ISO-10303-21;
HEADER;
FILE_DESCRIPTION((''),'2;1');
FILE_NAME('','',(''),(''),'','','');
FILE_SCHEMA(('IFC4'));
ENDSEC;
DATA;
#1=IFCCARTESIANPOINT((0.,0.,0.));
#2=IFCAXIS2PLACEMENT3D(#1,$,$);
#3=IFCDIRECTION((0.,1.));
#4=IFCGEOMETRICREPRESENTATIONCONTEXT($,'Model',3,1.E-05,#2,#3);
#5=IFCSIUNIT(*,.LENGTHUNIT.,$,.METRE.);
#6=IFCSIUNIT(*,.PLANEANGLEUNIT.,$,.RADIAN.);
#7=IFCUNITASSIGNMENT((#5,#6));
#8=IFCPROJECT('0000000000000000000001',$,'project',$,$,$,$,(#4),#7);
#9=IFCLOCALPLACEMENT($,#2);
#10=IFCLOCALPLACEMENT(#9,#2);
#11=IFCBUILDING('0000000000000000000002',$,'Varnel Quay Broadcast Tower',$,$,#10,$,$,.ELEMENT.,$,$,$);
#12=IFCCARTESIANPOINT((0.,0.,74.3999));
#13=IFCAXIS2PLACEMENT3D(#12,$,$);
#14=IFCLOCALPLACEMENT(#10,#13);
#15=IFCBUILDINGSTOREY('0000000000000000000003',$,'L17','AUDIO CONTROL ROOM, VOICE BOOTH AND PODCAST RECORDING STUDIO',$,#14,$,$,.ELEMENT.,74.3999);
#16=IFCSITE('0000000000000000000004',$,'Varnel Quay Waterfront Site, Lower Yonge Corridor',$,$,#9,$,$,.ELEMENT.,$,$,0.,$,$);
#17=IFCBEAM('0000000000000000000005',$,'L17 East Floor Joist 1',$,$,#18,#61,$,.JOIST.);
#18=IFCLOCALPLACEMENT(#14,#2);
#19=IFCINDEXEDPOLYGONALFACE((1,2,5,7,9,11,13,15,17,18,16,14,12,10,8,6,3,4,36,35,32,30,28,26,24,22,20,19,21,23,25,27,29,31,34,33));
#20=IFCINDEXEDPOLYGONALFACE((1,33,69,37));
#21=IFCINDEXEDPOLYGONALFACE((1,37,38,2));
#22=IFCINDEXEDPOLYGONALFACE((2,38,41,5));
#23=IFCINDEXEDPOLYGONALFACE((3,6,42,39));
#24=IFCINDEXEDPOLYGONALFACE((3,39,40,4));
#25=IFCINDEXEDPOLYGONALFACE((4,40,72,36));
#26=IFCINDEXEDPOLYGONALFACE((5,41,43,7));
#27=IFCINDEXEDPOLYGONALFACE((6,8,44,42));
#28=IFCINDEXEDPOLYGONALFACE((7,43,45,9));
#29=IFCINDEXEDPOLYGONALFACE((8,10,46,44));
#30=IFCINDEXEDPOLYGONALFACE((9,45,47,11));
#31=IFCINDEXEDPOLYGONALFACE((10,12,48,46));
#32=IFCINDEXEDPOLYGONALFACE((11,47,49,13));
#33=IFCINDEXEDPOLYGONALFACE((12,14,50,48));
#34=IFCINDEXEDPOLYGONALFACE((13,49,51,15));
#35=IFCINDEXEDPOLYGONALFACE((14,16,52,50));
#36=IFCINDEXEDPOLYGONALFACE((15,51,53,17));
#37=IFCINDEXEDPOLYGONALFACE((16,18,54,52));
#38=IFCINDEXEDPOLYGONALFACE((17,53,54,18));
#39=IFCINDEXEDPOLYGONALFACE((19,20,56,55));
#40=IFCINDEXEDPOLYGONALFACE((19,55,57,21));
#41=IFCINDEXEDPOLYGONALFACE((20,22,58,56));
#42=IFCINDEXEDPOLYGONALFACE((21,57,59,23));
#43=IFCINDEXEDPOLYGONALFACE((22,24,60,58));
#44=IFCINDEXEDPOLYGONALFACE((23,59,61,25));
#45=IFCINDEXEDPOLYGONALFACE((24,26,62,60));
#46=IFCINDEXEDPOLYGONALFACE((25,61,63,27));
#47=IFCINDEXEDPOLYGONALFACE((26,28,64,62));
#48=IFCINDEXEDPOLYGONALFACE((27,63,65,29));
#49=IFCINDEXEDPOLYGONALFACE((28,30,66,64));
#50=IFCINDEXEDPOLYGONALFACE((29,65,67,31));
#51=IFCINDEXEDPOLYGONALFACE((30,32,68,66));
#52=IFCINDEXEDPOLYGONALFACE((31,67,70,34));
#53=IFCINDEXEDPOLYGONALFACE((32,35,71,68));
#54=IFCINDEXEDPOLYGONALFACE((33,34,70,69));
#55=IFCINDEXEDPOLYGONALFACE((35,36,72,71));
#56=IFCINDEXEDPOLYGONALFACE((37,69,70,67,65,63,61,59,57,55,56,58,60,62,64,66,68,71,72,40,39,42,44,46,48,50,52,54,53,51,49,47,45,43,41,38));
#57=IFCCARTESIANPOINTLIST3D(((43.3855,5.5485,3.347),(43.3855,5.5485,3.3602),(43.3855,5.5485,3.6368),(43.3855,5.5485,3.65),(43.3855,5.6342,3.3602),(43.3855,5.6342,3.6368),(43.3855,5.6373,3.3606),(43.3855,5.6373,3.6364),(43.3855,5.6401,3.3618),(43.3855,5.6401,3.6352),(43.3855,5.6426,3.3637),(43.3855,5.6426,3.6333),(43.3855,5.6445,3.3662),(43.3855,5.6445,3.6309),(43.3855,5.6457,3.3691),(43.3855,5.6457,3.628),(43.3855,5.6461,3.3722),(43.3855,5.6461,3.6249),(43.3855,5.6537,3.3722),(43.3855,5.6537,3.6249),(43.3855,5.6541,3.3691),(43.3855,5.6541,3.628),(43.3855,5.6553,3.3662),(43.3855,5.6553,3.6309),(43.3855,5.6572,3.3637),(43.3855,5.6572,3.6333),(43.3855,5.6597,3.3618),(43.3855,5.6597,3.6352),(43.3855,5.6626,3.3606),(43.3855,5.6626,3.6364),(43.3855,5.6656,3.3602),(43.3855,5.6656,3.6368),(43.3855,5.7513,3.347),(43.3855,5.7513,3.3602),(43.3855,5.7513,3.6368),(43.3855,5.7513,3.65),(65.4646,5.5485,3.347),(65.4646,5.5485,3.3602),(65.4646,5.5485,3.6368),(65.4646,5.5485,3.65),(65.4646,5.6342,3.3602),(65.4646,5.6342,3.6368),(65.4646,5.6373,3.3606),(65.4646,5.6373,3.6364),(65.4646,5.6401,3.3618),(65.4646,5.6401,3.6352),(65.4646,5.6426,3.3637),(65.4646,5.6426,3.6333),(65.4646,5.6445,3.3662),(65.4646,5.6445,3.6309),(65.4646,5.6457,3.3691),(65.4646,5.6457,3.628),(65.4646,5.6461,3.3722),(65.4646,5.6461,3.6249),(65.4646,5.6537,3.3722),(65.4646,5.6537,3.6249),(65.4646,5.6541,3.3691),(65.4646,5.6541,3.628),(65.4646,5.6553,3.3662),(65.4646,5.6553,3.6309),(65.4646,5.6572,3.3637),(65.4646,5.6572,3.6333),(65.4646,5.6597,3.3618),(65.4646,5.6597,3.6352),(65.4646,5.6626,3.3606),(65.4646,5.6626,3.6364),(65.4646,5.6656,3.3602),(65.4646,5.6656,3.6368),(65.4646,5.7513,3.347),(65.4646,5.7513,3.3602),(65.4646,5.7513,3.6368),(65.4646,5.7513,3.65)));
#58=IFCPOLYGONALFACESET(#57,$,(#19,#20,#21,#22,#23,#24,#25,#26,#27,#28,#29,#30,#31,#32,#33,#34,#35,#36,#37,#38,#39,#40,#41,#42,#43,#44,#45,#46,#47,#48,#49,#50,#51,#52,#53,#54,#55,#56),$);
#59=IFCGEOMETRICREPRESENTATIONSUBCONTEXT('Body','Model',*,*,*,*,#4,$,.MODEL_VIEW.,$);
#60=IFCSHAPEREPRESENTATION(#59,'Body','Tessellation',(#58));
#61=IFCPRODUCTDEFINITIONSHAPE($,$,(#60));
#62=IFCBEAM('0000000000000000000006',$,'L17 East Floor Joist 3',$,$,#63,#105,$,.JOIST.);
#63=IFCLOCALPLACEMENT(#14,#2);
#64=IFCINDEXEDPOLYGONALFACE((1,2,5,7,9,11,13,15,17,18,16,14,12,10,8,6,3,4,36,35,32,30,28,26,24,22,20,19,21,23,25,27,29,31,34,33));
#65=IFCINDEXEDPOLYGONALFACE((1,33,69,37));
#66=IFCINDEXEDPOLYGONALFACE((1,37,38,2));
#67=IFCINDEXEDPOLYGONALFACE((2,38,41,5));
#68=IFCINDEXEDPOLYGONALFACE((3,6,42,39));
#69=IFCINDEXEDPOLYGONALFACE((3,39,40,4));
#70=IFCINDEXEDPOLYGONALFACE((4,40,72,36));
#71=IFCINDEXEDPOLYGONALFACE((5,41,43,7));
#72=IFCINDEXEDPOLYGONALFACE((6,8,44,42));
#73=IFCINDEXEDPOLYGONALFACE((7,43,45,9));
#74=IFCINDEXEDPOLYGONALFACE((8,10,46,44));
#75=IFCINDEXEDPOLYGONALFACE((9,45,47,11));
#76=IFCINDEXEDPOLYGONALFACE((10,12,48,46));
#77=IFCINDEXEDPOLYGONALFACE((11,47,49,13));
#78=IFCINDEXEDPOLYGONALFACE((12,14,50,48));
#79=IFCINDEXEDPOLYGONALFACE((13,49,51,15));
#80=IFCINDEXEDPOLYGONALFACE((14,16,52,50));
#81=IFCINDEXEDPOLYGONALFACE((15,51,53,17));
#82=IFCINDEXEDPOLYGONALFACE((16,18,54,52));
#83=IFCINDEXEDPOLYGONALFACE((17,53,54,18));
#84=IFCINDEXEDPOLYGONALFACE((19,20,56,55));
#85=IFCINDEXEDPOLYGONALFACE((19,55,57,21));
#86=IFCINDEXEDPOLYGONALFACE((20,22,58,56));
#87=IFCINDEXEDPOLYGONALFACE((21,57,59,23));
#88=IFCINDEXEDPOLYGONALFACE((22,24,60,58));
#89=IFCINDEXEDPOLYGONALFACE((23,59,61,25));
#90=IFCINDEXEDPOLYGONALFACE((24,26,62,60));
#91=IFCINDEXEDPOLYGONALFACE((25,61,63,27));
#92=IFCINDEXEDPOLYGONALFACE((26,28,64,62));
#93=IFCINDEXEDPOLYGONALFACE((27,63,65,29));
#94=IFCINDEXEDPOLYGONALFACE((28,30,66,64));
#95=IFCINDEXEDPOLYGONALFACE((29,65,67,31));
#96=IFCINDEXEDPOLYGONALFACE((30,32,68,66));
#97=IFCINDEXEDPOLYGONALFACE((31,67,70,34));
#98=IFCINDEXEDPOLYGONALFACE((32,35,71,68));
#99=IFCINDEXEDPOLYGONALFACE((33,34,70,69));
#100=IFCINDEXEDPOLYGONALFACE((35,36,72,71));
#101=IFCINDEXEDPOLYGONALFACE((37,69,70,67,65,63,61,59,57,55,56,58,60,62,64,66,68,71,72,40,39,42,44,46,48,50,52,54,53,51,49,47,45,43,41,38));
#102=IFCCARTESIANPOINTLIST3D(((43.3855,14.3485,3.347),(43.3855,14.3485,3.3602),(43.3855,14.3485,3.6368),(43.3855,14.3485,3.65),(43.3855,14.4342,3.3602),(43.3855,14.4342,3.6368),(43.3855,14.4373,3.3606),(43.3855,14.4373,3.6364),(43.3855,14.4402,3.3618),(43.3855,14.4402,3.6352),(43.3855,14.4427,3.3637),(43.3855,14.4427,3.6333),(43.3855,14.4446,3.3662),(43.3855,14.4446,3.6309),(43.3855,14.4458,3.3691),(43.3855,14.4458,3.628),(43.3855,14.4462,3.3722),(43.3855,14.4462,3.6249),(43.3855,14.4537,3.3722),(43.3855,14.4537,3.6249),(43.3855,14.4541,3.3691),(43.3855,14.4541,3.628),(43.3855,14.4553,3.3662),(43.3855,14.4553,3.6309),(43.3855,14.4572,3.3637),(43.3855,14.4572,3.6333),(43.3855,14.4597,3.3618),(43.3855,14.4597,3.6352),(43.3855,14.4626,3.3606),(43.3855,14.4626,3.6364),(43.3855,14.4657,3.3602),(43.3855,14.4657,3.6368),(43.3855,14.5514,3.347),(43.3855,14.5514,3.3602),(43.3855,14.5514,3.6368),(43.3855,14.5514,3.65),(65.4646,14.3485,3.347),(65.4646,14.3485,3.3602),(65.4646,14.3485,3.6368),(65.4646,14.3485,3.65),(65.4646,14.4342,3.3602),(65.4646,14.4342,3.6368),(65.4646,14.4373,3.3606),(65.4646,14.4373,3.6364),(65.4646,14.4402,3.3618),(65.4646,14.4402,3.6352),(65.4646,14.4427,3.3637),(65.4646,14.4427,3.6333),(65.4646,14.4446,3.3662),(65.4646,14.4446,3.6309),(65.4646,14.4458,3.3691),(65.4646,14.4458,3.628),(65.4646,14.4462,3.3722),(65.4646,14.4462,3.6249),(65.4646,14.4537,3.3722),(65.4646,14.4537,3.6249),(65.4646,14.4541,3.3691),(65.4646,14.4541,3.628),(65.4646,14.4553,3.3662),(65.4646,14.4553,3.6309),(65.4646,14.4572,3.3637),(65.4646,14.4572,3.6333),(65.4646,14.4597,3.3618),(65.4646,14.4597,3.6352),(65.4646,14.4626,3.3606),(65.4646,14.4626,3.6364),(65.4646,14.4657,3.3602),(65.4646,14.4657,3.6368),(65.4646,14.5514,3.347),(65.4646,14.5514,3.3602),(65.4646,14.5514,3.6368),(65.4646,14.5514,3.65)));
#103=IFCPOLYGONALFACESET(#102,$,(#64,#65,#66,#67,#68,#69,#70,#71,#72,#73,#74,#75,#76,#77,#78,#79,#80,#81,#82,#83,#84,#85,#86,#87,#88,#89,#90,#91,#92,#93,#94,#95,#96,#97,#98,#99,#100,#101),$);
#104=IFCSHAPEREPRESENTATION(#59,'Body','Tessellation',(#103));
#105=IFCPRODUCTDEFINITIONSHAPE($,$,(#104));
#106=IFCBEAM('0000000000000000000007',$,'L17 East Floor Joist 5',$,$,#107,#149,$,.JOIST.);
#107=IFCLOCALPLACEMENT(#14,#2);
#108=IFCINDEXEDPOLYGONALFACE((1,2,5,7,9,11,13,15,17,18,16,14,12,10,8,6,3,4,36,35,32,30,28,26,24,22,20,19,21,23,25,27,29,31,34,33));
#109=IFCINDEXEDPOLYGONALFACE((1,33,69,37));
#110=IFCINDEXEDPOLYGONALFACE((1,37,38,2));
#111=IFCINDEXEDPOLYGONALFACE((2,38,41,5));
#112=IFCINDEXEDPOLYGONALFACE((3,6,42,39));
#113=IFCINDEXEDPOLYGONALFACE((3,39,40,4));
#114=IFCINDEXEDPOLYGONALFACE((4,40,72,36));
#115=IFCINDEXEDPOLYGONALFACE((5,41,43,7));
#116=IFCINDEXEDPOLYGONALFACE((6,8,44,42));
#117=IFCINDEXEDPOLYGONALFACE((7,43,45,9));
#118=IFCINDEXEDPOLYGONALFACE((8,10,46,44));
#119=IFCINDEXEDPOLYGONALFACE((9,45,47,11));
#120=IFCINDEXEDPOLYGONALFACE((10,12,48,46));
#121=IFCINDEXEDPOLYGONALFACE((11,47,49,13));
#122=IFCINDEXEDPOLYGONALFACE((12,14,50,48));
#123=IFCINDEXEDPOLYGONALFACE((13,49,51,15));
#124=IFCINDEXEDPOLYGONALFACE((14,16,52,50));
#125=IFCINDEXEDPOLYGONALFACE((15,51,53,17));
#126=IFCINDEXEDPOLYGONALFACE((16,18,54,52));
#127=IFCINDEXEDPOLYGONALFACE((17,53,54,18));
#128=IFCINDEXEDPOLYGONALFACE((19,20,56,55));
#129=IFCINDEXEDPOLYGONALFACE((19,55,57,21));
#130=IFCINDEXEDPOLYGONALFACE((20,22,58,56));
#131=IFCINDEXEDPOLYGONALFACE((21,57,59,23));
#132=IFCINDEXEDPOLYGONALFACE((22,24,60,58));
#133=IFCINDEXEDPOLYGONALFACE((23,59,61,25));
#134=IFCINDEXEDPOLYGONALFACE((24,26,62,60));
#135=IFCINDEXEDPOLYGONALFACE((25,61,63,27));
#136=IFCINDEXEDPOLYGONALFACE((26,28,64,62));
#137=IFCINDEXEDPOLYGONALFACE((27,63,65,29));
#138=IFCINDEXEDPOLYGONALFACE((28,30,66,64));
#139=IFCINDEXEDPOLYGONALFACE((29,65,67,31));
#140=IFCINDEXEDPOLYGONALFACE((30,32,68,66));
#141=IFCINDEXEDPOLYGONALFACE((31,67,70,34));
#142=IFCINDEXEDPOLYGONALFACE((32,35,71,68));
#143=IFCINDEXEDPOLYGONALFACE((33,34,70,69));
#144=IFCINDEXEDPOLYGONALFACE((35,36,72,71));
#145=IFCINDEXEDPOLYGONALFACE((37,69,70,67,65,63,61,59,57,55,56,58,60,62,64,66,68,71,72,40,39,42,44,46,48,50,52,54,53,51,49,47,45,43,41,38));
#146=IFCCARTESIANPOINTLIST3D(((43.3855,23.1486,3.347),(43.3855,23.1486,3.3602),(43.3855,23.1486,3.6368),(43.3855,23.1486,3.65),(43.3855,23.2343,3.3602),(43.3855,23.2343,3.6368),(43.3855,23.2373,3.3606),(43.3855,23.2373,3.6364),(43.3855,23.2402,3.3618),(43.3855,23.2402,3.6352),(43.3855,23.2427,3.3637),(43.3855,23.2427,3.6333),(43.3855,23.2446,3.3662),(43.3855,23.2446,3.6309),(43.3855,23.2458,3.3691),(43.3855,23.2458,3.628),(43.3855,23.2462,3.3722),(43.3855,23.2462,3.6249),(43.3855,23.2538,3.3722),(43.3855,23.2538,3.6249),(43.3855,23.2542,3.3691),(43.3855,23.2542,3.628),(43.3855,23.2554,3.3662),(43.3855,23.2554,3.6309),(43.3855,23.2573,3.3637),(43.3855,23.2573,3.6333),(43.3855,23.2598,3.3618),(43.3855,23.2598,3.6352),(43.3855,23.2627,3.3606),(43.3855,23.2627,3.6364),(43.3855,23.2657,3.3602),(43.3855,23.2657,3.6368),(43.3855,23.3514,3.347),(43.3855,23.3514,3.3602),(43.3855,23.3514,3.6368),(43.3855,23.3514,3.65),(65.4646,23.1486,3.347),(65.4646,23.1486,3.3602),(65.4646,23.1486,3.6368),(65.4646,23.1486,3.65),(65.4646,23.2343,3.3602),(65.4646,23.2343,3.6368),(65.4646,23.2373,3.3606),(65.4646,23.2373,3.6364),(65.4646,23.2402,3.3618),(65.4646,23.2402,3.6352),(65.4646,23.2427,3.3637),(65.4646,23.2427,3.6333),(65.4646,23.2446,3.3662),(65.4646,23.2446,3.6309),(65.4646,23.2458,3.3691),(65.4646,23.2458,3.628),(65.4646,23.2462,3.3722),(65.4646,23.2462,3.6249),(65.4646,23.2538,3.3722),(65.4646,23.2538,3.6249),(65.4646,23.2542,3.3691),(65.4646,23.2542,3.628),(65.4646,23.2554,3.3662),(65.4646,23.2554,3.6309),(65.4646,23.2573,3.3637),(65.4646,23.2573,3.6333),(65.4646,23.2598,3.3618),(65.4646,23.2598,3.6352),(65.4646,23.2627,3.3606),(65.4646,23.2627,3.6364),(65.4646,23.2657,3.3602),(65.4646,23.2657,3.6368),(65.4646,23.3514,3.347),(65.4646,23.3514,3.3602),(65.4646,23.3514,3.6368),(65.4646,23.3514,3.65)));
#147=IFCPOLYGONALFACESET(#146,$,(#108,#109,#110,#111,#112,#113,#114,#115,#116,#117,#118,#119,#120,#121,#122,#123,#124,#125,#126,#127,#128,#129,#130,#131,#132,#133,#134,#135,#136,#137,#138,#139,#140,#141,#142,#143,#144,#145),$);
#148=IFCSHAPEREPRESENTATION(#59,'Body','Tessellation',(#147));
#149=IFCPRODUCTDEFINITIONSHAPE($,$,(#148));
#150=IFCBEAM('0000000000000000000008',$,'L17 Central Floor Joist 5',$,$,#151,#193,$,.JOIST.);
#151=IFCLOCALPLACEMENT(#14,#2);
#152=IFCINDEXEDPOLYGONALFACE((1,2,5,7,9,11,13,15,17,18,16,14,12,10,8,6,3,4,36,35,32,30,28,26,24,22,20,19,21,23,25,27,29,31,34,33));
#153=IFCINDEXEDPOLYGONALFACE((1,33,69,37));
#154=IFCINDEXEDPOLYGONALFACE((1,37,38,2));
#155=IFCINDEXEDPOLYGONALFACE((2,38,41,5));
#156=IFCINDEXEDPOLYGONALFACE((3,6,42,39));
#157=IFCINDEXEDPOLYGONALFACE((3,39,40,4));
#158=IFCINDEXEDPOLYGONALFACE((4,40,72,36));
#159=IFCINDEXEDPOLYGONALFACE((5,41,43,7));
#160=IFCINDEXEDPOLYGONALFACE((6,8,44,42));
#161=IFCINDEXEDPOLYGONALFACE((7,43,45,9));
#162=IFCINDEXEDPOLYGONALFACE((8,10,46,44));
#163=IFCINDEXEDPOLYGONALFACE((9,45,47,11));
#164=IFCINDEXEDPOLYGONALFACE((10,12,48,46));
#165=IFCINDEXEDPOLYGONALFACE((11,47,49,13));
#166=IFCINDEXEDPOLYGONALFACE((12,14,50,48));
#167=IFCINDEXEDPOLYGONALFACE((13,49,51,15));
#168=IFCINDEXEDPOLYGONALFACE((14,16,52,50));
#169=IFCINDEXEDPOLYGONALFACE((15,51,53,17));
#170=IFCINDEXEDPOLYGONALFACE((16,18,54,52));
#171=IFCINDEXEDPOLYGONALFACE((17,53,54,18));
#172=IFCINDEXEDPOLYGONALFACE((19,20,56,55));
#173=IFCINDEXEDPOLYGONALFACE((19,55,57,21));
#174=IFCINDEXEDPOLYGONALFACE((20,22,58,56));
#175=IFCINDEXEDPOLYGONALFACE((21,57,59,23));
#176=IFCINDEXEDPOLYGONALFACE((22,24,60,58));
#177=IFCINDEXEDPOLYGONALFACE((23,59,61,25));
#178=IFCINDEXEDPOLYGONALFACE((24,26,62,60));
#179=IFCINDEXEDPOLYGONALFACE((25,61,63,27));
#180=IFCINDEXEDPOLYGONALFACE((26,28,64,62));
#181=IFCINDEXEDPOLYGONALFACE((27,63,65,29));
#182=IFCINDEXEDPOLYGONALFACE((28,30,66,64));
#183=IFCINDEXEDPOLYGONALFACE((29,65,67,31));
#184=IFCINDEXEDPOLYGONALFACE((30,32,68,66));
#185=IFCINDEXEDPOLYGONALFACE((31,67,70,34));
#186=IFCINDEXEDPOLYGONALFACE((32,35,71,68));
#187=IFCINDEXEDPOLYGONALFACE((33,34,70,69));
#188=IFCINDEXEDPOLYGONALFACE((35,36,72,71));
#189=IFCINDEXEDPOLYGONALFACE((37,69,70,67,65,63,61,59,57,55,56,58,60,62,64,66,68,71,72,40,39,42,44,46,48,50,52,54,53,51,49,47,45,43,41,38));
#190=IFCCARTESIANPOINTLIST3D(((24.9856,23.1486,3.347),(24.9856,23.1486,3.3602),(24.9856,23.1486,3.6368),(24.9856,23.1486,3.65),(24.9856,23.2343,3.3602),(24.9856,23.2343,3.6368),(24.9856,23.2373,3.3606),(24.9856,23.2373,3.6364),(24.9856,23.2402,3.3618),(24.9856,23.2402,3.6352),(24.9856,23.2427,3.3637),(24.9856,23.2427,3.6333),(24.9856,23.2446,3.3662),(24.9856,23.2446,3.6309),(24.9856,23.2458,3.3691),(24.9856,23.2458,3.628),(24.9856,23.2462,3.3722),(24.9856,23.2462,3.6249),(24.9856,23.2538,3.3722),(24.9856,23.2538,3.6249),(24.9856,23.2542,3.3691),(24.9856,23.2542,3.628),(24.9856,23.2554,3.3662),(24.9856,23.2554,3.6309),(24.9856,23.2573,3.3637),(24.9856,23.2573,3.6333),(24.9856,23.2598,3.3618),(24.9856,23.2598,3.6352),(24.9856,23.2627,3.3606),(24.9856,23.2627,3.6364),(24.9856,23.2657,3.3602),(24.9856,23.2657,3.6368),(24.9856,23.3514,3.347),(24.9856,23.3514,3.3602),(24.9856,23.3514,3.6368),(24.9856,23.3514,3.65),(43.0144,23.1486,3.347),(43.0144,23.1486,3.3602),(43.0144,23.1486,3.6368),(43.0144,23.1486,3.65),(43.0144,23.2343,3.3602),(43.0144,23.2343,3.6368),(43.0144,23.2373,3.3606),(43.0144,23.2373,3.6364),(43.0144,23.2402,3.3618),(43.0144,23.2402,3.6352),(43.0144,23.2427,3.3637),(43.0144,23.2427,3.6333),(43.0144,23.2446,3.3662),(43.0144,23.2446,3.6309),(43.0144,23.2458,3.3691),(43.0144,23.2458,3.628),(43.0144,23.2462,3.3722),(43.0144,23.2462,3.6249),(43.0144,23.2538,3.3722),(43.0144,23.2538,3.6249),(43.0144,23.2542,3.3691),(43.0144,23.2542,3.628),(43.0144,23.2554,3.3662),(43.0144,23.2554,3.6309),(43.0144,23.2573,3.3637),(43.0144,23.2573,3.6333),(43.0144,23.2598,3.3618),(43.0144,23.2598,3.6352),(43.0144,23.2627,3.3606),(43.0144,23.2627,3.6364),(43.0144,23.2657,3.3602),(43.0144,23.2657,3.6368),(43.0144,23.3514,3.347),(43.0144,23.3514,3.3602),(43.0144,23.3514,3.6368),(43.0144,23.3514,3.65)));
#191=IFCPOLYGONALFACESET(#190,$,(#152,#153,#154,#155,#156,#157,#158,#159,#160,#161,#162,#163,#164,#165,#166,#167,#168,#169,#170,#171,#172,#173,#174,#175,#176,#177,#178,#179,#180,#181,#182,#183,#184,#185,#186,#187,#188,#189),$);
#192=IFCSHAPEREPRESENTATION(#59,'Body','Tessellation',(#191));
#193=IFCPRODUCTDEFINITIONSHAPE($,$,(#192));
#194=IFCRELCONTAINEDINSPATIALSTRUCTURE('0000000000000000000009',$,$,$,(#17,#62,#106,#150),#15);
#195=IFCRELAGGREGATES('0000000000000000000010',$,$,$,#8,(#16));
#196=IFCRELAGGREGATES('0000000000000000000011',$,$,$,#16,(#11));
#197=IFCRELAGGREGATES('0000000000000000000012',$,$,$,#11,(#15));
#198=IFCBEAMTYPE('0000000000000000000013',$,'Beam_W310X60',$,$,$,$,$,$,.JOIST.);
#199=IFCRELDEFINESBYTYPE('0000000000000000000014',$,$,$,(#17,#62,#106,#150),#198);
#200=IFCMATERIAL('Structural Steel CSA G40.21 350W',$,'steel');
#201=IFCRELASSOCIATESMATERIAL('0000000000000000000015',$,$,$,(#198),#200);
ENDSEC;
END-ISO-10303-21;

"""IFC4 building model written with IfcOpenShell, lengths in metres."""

from ifc_helpers import new_model, si_unit, direction, frame, origin, origin_2d, place, context, subcontext, project, spatial, i_section, extrude, source, transform, mapped, material, material_profile, profile_set, type_object, type_shapes, element, save


model = new_model("IFC4")

# Units and contexts
model_context = context("Model", 3, precision=1e-05, world=origin(), true_north=direction((0.0, 1.0)))
body_context = subcontext(model_context, "Body", "Model", "MODEL_VIEW")
ifc_project = project(units=[si_unit("LENGTHUNIT", "METRE"), si_unit("PLANEANGLEUNIT", "RADIAN")], contexts=[model_context])

# Site, building, storey
site_placement = place(None, origin())
site = spatial("IfcSite", under=ifc_project, at=site_placement, Name="Varnel Quay Waterfront Site, Lower Yonge Corridor", CompositionType="ELEMENT", RefElevation=0.0)
building_placement = place(site_placement, origin())
building = spatial("IfcBuilding", under=site, at=building_placement, Name="Varnel Quay Broadcast Tower", CompositionType="ELEMENT")
storey_placement = place(building_placement, frame((0.0, 0.0, 74.3999)))
storey = spatial("IfcBuildingStorey", under=building, at=storey_placement, Name="L17", Description="AUDIO CONTROL ROOM, VOICE BOOTH AND PODCAST RECORDING STUDIO", CompositionType="ELEMENT", Elevation=74.3999)

# Shared definitions
ifc_material_1 = material(Name="Structural Steel CSA G40.21 350W", Category="steel")

# Beams
ifc_material_profile_1 = material_profile(ifc_material_1, i_section(OverallWidth=0.2029, OverallDepth=0.303, WebThickness=0.0076, FlangeThickness=0.0132, FilletRadius=0.012, at=origin_2d()), Name="W310X60")
ifc_profile_set_1 = profile_set([ifc_material_profile_1], Name="Structural Steel CSA G40.21 350W")
beam_type_1 = type_object("IfcBeamType", Name="Beam_W310X60", PredefinedType="JOIST", material=ifc_profile_set_1)
shared_shape_1 = source(origin(), body_context, "Body", "SweptSolid", [
    extrude(i_section(OverallWidth=0.2029, OverallDepth=0.303, WebThickness=0.0076, FlangeThickness=0.0132, FilletRadius=0.012, at=origin_2d()), origin(), (0.0, 0.0, 1.0), 22.0791),
])
for number, where, z_axis, x_axis, name in (
    (1, (43.3855, 5.6499, 3.4985), (1.0, 0.0, 0.0), (0.0, 1.0, 0.0), "L17 East Floor Joist 1"),
    (2, (43.3855, 14.45, 3.4985), (1.0, 0.0, 0.0), (0.0, 1.0, 0.0), "L17 East Floor Joist 3"),
    (3, (43.3855, 23.25, 3.4985), (1.0, 0.0, 0.0), (0.0, 1.0, 0.0), "L17 East Floor Joist 5"),
):
    element("IfcBeam", number, at=place(storey_placement, frame(where, z_axis=z_axis, x_axis=x_axis)), inside=storey, type_object=beam_type_1, Name=name, PredefinedType="JOIST", context=body_context, shape_type="MappedRepresentation", body=[
        mapped(shared_shape_1, transform((0.0, 0.0, 0.0), x_axis=(1.0, 0.0, 0.0), y_axis=(0.0, 1.0, 0.0), z_axis=(0.0, 0.0, 1.0), scale=1.0)),
    ])
shared_shape_2 = source(origin(), body_context, "Body", "SweptSolid", [
    extrude(i_section(OverallWidth=0.2029, OverallDepth=0.303, WebThickness=0.0076, FlangeThickness=0.0132, FilletRadius=0.012, at=origin_2d()), origin(), (0.0, 0.0, 1.0), 18.0288),
])
type_shapes(beam_type_1, [shared_shape_1, shared_shape_2])
beam_1_placement = place(storey_placement, frame((24.9856, 23.25, 3.4985), z_axis=(1.0, 0.0, 0.0), x_axis=(0.0, 1.0, 0.0)))
element("IfcBeam", 4, at=beam_1_placement, inside=storey, type_object=beam_type_1, Name="L17 Central Floor Joist 5", PredefinedType="JOIST", context=body_context, shape_type="MappedRepresentation", body=[
    mapped(shared_shape_2, transform((0.0, 0.0, 0.0), x_axis=(1.0, 0.0, 0.0), y_axis=(0.0, 1.0, 0.0), z_axis=(0.0, 0.0, 1.0), scale=1.0)),
])

save(model, "model.ifc")
